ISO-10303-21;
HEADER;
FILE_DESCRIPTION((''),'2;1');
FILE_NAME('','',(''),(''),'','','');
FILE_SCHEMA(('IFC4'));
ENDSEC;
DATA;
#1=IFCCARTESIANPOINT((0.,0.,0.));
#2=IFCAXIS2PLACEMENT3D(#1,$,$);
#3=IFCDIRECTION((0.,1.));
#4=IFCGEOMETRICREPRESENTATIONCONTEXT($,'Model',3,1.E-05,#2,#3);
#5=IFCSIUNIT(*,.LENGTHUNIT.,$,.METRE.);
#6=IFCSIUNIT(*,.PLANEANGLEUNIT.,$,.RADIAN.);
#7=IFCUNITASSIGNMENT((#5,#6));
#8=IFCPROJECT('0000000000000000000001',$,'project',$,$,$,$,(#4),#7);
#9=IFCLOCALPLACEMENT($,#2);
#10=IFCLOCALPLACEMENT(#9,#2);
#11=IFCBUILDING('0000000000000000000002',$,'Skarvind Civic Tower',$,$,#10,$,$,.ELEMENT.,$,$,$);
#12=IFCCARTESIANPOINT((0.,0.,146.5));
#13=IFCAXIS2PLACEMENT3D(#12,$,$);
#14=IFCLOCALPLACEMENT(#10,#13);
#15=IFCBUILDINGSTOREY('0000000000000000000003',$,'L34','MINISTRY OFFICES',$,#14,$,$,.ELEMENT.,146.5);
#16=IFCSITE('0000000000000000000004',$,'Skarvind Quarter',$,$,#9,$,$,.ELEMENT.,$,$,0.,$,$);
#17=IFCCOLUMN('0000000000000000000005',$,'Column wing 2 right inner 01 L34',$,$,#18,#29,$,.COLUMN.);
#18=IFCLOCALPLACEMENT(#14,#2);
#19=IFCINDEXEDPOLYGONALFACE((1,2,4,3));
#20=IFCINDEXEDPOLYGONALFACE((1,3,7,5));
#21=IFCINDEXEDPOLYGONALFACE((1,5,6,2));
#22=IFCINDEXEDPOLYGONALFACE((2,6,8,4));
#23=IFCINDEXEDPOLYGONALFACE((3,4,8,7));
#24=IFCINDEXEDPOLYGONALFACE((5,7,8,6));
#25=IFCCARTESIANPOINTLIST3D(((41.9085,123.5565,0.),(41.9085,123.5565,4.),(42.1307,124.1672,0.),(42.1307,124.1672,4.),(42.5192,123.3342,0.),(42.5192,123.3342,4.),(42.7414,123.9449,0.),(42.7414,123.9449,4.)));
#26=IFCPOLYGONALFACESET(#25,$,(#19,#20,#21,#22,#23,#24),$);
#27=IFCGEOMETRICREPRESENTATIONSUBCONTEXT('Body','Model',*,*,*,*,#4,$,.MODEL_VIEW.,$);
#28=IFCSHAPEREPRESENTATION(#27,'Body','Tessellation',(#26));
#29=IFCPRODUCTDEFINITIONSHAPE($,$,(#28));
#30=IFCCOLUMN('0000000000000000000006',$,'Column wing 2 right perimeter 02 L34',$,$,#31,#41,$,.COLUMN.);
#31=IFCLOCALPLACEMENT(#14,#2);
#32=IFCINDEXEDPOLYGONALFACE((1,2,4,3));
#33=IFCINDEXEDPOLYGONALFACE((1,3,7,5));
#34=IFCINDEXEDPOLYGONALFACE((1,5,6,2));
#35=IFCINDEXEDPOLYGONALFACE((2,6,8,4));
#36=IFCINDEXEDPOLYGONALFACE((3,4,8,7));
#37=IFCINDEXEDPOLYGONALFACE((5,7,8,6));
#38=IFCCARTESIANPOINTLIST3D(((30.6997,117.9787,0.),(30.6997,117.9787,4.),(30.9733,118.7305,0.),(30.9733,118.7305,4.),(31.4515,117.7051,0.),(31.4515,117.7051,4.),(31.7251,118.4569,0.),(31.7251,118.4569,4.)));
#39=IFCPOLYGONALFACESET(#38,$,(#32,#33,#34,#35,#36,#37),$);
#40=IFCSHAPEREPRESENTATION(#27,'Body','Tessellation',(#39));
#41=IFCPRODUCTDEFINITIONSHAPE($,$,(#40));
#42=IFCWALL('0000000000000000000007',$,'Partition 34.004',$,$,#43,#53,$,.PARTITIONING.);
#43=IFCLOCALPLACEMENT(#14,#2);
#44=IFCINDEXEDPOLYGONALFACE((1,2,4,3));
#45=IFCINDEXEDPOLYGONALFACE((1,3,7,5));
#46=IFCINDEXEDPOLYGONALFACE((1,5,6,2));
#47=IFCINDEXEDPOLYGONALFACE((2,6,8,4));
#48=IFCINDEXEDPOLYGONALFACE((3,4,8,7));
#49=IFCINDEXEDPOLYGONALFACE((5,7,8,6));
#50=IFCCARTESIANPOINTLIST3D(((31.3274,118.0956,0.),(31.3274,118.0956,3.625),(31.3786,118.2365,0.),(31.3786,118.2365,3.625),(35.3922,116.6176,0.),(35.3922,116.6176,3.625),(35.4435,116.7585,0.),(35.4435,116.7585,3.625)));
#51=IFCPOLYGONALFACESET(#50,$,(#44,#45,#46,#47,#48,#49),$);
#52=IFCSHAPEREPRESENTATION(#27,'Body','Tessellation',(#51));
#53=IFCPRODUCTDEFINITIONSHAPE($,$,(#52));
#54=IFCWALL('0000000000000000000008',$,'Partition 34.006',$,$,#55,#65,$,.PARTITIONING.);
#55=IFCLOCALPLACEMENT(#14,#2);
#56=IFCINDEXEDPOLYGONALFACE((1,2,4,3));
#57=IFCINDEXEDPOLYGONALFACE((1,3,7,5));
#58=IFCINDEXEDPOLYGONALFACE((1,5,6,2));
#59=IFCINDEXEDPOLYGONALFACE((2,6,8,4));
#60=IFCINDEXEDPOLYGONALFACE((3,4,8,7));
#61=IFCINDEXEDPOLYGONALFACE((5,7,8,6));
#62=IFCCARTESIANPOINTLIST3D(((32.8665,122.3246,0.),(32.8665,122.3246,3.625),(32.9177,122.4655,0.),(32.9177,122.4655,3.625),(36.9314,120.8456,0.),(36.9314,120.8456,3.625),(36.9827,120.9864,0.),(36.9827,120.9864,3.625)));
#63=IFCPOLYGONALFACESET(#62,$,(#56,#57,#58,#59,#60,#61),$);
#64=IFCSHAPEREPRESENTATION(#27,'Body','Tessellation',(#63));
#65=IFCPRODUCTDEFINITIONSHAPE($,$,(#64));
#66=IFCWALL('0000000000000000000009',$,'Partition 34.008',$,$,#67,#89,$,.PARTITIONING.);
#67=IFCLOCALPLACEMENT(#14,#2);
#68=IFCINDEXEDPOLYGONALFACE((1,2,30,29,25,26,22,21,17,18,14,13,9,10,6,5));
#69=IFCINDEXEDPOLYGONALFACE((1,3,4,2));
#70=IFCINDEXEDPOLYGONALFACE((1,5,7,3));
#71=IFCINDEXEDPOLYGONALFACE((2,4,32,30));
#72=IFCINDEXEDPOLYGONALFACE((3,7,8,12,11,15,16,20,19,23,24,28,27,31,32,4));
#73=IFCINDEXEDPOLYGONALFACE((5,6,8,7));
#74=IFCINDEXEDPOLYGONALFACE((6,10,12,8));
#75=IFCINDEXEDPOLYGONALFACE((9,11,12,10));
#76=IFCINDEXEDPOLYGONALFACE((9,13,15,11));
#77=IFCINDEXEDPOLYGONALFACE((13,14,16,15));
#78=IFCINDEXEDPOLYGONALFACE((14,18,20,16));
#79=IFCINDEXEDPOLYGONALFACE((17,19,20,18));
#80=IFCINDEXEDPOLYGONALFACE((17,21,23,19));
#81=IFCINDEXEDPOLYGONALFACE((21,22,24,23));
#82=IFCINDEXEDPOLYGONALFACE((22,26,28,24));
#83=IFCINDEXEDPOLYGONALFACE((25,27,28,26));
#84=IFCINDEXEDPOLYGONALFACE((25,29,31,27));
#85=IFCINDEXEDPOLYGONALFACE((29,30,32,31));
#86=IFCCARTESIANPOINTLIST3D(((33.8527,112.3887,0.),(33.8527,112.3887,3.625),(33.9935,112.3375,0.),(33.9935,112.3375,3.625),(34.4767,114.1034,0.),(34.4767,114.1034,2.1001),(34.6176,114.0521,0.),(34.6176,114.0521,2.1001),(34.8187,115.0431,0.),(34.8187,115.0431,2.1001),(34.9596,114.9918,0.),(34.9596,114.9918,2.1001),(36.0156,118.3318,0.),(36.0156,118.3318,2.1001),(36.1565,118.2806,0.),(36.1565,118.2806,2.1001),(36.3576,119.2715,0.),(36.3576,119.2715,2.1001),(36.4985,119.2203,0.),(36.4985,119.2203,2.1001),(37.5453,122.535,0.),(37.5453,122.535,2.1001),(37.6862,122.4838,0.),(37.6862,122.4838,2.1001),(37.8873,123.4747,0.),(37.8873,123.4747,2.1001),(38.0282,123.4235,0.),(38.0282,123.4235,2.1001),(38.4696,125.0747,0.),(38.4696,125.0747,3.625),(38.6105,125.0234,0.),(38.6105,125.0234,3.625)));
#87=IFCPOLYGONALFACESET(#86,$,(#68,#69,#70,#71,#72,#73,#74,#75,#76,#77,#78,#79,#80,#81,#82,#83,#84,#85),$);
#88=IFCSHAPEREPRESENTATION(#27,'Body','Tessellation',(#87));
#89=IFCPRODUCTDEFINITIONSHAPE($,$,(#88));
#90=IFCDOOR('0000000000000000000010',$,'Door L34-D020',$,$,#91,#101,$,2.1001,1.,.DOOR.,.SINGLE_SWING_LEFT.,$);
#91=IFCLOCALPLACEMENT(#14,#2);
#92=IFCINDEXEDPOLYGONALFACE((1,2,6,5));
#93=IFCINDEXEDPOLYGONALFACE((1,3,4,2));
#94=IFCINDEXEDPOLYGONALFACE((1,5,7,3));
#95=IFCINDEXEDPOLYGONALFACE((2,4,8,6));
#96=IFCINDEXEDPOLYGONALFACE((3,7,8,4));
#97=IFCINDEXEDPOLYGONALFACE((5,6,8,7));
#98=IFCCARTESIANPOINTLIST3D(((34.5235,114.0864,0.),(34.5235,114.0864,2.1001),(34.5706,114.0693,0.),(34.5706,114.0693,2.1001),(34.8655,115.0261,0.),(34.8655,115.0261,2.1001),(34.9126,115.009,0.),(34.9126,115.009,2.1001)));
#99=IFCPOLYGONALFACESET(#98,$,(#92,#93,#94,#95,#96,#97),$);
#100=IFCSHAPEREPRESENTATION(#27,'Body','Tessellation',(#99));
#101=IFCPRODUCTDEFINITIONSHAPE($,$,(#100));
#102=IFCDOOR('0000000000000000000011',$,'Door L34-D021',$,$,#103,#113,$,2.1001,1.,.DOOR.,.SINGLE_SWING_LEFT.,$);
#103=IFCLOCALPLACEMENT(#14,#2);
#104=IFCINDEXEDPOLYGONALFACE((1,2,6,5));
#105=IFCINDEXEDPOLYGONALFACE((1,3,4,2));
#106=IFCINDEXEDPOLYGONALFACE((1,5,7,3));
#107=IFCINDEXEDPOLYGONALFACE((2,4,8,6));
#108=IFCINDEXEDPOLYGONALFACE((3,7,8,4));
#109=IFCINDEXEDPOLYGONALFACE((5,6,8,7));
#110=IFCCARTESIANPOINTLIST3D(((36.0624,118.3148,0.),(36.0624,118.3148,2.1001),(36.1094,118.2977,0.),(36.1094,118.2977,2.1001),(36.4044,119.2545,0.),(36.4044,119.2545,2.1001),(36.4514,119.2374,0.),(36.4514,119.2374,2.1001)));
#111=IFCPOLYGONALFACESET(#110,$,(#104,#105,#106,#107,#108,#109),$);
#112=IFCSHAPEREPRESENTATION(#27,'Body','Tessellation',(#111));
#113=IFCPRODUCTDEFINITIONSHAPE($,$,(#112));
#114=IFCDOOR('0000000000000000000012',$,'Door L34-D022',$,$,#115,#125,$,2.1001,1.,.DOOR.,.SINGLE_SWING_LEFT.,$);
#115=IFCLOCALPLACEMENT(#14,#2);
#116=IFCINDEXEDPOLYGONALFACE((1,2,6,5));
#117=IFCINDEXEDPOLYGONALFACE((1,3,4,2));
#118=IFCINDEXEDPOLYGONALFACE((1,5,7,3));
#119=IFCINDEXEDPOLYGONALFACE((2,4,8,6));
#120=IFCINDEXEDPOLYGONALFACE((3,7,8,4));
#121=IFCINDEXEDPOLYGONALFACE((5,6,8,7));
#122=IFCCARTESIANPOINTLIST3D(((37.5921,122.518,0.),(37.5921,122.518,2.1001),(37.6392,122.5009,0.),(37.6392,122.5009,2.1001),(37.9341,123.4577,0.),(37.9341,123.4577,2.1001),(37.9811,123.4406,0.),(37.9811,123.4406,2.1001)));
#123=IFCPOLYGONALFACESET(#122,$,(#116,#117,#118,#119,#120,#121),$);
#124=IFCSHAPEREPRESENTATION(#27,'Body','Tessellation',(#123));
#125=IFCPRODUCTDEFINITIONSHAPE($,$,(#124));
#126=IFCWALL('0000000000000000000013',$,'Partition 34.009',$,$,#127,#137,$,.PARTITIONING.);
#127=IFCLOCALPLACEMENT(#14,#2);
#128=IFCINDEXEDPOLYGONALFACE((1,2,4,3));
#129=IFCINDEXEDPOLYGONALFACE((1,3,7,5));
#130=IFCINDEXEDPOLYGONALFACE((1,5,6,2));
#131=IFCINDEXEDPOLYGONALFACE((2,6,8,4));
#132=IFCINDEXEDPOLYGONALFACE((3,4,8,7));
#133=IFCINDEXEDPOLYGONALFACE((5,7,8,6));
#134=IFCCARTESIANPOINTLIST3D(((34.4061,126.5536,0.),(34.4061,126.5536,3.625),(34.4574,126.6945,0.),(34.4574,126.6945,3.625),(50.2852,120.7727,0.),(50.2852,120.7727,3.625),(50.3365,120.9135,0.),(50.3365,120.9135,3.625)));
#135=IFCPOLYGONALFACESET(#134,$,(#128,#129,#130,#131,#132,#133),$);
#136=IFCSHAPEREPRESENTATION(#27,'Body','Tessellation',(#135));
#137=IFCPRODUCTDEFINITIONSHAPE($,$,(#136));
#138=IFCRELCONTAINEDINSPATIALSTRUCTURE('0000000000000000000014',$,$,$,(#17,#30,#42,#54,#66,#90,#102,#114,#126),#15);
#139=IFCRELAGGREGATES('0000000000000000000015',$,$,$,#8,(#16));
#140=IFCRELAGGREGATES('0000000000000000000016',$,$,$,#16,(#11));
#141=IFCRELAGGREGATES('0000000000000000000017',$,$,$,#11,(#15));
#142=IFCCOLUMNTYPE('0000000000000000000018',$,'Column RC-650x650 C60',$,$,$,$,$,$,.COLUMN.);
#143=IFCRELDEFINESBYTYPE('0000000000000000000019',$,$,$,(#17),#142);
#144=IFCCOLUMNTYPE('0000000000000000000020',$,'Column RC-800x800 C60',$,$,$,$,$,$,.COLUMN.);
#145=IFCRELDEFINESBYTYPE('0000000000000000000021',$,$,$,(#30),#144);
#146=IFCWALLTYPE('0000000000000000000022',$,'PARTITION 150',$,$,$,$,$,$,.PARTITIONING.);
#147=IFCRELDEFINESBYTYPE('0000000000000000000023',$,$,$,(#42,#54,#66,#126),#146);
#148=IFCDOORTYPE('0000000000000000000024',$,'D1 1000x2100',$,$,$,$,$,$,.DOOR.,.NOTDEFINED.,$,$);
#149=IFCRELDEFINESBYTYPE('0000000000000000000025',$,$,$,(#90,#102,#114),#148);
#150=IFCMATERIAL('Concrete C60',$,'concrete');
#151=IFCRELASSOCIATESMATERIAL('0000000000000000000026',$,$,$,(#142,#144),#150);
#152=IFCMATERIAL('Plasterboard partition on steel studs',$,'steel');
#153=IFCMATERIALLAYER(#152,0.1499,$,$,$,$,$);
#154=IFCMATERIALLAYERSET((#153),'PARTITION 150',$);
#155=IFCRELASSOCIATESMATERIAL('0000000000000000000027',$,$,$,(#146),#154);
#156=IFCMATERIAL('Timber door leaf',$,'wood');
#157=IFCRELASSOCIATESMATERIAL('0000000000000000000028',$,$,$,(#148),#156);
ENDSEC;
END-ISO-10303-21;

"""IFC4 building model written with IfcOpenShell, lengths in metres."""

from ifc_helpers import new_model, si_unit, direction, frame, frame_2d, origin, origin_2d, place, context, subcontext, project, spatial, rectangle, extrude, material, layer, layer_set, material_profile, profile_set, type_object, element, fill, save


model = new_model("IFC4")

# Units and contexts
model_context = context("Model", 3, precision=1e-05, world=origin(), true_north=direction((0.0, 1.0)))
body_context = subcontext(model_context, "Body", "Model", "MODEL_VIEW")
ifc_project = project(units=[si_unit("LENGTHUNIT", "METRE"), si_unit("PLANEANGLEUNIT", "RADIAN")], contexts=[model_context])

# Site, building, storey
site_placement = place(None, origin())
site = spatial("IfcSite", under=ifc_project, at=site_placement, Name="Skarvind Quarter", CompositionType="ELEMENT", RefElevation=0.0)
building_placement = place(site_placement, origin())
building = spatial("IfcBuilding", under=site, at=building_placement, Name="Skarvind Civic Tower", CompositionType="ELEMENT")
storey_placement = place(building_placement, frame((0.0, 0.0, 146.5)))
storey = spatial("IfcBuildingStorey", under=building, at=storey_placement, Name="L34", Description="MINISTRY OFFICES", CompositionType="ELEMENT", Elevation=146.5)

# Columns
ifc_material_1 = material(Name="Concrete C60", Category="concrete")
ifc_material_profile_1 = material_profile(ifc_material_1, rectangle(XDim=0.6499, YDim=0.6499, at=origin_2d()), Name="RC-650x650")
ifc_profile_set_1 = profile_set([ifc_material_profile_1], Name="Concrete C60")
column_type_1 = type_object("IfcColumnType", Name="Column RC-650x650 C60", PredefinedType="COLUMN", material=ifc_profile_set_1)
column_1_placement = place(storey_placement, frame((42.325, 123.7507, 0.0), z_axis=(0.0, 0.0, 1.0), x_axis=(-0.34202, -0.939693, 0.0)))
element("IfcColumn", 1, at=column_1_placement, inside=storey, type_object=column_type_1, Name="Column wing 2 right inner 01 L34", PredefinedType="COLUMN", context=body_context, shape_type="SweptSolid", body=[
    extrude(rectangle(XDim=0.6499, YDim=0.6499, at=origin_2d()), origin(), (0.0, 0.0, 1.0), 4.0),
])
ifc_material_profile_2 = material_profile(ifc_material_1, rectangle(XDim=0.8, YDim=0.8, at=origin_2d()), Name="RC-800x800")
ifc_profile_set_2 = profile_set([ifc_material_profile_2], Name="Concrete C60")
column_type_2 = type_object("IfcColumnType", Name="Column RC-800x800 C60", PredefinedType="COLUMN", material=ifc_profile_set_2)
column_2_placement = place(storey_placement, frame((31.2124, 118.2178, 0.0), z_axis=(0.0, 0.0, 1.0), x_axis=(-0.34202, -0.939693, 0.0)))
element("IfcColumn", 2, at=column_2_placement, inside=storey, type_object=column_type_2, Name="Column wing 2 right perimeter 02 L34", PredefinedType="COLUMN", context=body_context, shape_type="SweptSolid", body=[
    extrude(rectangle(XDim=0.8, YDim=0.8, at=origin_2d()), origin(), (0.0, 0.0, 1.0), 4.0),
])

# Walls
ifc_material_2 = material(Name="Plasterboard partition on steel studs", Category="steel")
ifc_layer = layer(ifc_material_2, 0.1499)
ifc_layer_set = layer_set([ifc_layer], Name="PARTITION 150")
wall_type = type_object("IfcWallType", Name="PARTITION 150", PredefinedType="PARTITIONING", material=ifc_layer_set)
wall_1_placement = place(storey_placement, frame((31.353, 118.166, 0.0), z_axis=(0.0, 0.0, 1.0), x_axis=(0.939803, -0.341716, 0.0)))
element("IfcWall", 3, at=wall_1_placement, inside=storey, type_object=wall_type, Name="Partition 34.004", PredefinedType="PARTITIONING", context=body_context, shape_type="SweptSolid", body=[
    extrude(rectangle(XDim=4.3252, YDim=0.1499, at=frame_2d((2.1626, 0.0))), origin(), (0.0, 0.0, 1.0), 3.625),
])
wall_2_placement = place(storey_placement, frame((32.8921, 122.395, 0.0), z_axis=(0.0, 0.0, 1.0), x_axis=(0.939731, -0.341915, 0.0)))
element("IfcWall", 4, at=wall_2_placement, inside=storey, type_object=wall_type, Name="Partition 34.006", PredefinedType="PARTITIONING", context=body_context, shape_type="SweptSolid", body=[
    extrude(rectangle(XDim=4.3257, YDim=0.1499, at=frame_2d((2.1628, 0.0))), origin(), (0.0, 0.0, 1.0), 3.625),
])

# Wall, openings, doors
wall_3_placement = place(storey_placement, frame((38.54, 125.0491, 0.0), z_axis=(0.0, 0.0, 1.0), x_axis=(-0.341994, -0.939702, 0.0)))
wall_3 = element("IfcWall", 5, at=wall_3_placement, inside=storey, type_object=wall_type, Name="Partition 34.008", PredefinedType="PARTITIONING", context=body_context, shape_type="SweptSolid", body=[
    extrude(rectangle(XDim=13.5, YDim=0.1499, at=frame_2d((6.75, 0.0))), origin(), (0.0, 0.0, 1.0), 3.625),
])
opening_1_placement = place(wall_3_placement, frame((10.6753, 0.0, 0.0)))
opening_1 = element("IfcOpeningElement", 6, at=opening_1_placement, cuts=wall_3, PredefinedType="OPENING", context=body_context, shape_type="SweptSolid", body=[
    extrude(rectangle(XDim=1.0, YDim=2.1001, at=frame_2d((0.5, 1.05))), frame((0.0, 0.085, 0.0), z_axis=(0.0, -1.0, 0.0), x_axis=(1.0, 0.0, 0.0)), (0.0, 0.0, 1.0), 0.1699),
])
opening_2_placement = place(wall_3_placement, frame((6.1755, 0.0, 0.0)))
opening_2 = element("IfcOpeningElement", 7, at=opening_2_placement, cuts=wall_3, PredefinedType="OPENING", context=body_context, shape_type="SweptSolid", body=[
    extrude(rectangle(XDim=1.0, YDim=2.1001, at=frame_2d((0.5, 1.05))), frame((0.0, 0.085, 0.0), z_axis=(0.0, -1.0, 0.0), x_axis=(1.0, 0.0, 0.0)), (0.0, 0.0, 1.0), 0.1699),
])
opening_3_placement = place(wall_3_placement, frame((1.7026, 0.0, 0.0)))
opening_3 = element("IfcOpeningElement", 8, at=opening_3_placement, cuts=wall_3, PredefinedType="OPENING", context=body_context, shape_type="SweptSolid", body=[
    extrude(rectangle(XDim=1.0, YDim=2.1001, at=frame_2d((0.5, 1.05))), frame((0.0, 0.085, 0.0), z_axis=(0.0, -1.0, 0.0), x_axis=(1.0, 0.0, 0.0)), (0.0, 0.0, 1.0), 0.1699),
])
ifc_material_3 = material(Name="Timber door leaf", Category="wood")
door_type = type_object("IfcDoorType", Name="D1 1000x2100", OperationType="NOTDEFINED", PredefinedType="DOOR", material=ifc_material_3)
door_1_placement = place(opening_1_placement, origin())
door_1 = element("IfcDoor", 9, at=door_1_placement, inside=storey, type_object=door_type, Name="Door L34-D020", OperationType="SINGLE_SWING_LEFT", OverallHeight=2.1001, OverallWidth=1.0, PredefinedType="DOOR", context=body_context, shape_type="SweptSolid", body=[
    extrude(rectangle(XDim=1.0, YDim=2.1001, at=frame_2d((0.5, 1.05))), frame((0.0, 0.0249, 0.0), z_axis=(0.0, -1.0, 0.0), x_axis=(1.0, 0.0, 0.0)), (0.0, 0.0, 1.0), 0.05),
])
fill(opening_1, door_1)
door_2_placement = place(opening_2_placement, origin())
door_2 = element("IfcDoor", 10, at=door_2_placement, inside=storey, type_object=door_type, Name="Door L34-D021", OperationType="SINGLE_SWING_LEFT", OverallHeight=2.1001, OverallWidth=1.0, PredefinedType="DOOR", context=body_context, shape_type="SweptSolid", body=[
    extrude(rectangle(XDim=1.0, YDim=2.1001, at=frame_2d((0.5, 1.05))), frame((0.0, 0.0249, 0.0), z_axis=(0.0, -1.0, 0.0), x_axis=(1.0, 0.0, 0.0)), (0.0, 0.0, 1.0), 0.05),
])
fill(opening_2, door_2)
door_3_placement = place(opening_3_placement, origin())
door_3 = element("IfcDoor", 11, at=door_3_placement, inside=storey, type_object=door_type, Name="Door L34-D022", OperationType="SINGLE_SWING_LEFT", OverallHeight=2.1001, OverallWidth=1.0, PredefinedType="DOOR", context=body_context, shape_type="SweptSolid", body=[
    extrude(rectangle(XDim=1.0, YDim=2.1001, at=frame_2d((0.5, 1.05))), frame((0.0, 0.0249, 0.0), z_axis=(0.0, -1.0, 0.0), x_axis=(1.0, 0.0, 0.0)), (0.0, 0.0, 1.0), 0.05),
])
fill(opening_3, door_3)

# Wall
wall_4_placement = place(storey_placement, frame((34.4319, 126.624, 0.0), z_axis=(0.0, 0.0, 1.0), x_axis=(0.939665, -0.342097, 0.0)))
element("IfcWall", 12, at=wall_4_placement, inside=storey, type_object=wall_type, Name="Partition 34.009", PredefinedType="PARTITIONING", context=body_context, shape_type="SweptSolid", body=[
    extrude(rectangle(XDim=16.8987, YDim=0.1499, at=frame_2d((8.4492, 0.0))), origin(), (0.0, 0.0, 1.0), 3.625),
])

save(model, "model.ifc")
